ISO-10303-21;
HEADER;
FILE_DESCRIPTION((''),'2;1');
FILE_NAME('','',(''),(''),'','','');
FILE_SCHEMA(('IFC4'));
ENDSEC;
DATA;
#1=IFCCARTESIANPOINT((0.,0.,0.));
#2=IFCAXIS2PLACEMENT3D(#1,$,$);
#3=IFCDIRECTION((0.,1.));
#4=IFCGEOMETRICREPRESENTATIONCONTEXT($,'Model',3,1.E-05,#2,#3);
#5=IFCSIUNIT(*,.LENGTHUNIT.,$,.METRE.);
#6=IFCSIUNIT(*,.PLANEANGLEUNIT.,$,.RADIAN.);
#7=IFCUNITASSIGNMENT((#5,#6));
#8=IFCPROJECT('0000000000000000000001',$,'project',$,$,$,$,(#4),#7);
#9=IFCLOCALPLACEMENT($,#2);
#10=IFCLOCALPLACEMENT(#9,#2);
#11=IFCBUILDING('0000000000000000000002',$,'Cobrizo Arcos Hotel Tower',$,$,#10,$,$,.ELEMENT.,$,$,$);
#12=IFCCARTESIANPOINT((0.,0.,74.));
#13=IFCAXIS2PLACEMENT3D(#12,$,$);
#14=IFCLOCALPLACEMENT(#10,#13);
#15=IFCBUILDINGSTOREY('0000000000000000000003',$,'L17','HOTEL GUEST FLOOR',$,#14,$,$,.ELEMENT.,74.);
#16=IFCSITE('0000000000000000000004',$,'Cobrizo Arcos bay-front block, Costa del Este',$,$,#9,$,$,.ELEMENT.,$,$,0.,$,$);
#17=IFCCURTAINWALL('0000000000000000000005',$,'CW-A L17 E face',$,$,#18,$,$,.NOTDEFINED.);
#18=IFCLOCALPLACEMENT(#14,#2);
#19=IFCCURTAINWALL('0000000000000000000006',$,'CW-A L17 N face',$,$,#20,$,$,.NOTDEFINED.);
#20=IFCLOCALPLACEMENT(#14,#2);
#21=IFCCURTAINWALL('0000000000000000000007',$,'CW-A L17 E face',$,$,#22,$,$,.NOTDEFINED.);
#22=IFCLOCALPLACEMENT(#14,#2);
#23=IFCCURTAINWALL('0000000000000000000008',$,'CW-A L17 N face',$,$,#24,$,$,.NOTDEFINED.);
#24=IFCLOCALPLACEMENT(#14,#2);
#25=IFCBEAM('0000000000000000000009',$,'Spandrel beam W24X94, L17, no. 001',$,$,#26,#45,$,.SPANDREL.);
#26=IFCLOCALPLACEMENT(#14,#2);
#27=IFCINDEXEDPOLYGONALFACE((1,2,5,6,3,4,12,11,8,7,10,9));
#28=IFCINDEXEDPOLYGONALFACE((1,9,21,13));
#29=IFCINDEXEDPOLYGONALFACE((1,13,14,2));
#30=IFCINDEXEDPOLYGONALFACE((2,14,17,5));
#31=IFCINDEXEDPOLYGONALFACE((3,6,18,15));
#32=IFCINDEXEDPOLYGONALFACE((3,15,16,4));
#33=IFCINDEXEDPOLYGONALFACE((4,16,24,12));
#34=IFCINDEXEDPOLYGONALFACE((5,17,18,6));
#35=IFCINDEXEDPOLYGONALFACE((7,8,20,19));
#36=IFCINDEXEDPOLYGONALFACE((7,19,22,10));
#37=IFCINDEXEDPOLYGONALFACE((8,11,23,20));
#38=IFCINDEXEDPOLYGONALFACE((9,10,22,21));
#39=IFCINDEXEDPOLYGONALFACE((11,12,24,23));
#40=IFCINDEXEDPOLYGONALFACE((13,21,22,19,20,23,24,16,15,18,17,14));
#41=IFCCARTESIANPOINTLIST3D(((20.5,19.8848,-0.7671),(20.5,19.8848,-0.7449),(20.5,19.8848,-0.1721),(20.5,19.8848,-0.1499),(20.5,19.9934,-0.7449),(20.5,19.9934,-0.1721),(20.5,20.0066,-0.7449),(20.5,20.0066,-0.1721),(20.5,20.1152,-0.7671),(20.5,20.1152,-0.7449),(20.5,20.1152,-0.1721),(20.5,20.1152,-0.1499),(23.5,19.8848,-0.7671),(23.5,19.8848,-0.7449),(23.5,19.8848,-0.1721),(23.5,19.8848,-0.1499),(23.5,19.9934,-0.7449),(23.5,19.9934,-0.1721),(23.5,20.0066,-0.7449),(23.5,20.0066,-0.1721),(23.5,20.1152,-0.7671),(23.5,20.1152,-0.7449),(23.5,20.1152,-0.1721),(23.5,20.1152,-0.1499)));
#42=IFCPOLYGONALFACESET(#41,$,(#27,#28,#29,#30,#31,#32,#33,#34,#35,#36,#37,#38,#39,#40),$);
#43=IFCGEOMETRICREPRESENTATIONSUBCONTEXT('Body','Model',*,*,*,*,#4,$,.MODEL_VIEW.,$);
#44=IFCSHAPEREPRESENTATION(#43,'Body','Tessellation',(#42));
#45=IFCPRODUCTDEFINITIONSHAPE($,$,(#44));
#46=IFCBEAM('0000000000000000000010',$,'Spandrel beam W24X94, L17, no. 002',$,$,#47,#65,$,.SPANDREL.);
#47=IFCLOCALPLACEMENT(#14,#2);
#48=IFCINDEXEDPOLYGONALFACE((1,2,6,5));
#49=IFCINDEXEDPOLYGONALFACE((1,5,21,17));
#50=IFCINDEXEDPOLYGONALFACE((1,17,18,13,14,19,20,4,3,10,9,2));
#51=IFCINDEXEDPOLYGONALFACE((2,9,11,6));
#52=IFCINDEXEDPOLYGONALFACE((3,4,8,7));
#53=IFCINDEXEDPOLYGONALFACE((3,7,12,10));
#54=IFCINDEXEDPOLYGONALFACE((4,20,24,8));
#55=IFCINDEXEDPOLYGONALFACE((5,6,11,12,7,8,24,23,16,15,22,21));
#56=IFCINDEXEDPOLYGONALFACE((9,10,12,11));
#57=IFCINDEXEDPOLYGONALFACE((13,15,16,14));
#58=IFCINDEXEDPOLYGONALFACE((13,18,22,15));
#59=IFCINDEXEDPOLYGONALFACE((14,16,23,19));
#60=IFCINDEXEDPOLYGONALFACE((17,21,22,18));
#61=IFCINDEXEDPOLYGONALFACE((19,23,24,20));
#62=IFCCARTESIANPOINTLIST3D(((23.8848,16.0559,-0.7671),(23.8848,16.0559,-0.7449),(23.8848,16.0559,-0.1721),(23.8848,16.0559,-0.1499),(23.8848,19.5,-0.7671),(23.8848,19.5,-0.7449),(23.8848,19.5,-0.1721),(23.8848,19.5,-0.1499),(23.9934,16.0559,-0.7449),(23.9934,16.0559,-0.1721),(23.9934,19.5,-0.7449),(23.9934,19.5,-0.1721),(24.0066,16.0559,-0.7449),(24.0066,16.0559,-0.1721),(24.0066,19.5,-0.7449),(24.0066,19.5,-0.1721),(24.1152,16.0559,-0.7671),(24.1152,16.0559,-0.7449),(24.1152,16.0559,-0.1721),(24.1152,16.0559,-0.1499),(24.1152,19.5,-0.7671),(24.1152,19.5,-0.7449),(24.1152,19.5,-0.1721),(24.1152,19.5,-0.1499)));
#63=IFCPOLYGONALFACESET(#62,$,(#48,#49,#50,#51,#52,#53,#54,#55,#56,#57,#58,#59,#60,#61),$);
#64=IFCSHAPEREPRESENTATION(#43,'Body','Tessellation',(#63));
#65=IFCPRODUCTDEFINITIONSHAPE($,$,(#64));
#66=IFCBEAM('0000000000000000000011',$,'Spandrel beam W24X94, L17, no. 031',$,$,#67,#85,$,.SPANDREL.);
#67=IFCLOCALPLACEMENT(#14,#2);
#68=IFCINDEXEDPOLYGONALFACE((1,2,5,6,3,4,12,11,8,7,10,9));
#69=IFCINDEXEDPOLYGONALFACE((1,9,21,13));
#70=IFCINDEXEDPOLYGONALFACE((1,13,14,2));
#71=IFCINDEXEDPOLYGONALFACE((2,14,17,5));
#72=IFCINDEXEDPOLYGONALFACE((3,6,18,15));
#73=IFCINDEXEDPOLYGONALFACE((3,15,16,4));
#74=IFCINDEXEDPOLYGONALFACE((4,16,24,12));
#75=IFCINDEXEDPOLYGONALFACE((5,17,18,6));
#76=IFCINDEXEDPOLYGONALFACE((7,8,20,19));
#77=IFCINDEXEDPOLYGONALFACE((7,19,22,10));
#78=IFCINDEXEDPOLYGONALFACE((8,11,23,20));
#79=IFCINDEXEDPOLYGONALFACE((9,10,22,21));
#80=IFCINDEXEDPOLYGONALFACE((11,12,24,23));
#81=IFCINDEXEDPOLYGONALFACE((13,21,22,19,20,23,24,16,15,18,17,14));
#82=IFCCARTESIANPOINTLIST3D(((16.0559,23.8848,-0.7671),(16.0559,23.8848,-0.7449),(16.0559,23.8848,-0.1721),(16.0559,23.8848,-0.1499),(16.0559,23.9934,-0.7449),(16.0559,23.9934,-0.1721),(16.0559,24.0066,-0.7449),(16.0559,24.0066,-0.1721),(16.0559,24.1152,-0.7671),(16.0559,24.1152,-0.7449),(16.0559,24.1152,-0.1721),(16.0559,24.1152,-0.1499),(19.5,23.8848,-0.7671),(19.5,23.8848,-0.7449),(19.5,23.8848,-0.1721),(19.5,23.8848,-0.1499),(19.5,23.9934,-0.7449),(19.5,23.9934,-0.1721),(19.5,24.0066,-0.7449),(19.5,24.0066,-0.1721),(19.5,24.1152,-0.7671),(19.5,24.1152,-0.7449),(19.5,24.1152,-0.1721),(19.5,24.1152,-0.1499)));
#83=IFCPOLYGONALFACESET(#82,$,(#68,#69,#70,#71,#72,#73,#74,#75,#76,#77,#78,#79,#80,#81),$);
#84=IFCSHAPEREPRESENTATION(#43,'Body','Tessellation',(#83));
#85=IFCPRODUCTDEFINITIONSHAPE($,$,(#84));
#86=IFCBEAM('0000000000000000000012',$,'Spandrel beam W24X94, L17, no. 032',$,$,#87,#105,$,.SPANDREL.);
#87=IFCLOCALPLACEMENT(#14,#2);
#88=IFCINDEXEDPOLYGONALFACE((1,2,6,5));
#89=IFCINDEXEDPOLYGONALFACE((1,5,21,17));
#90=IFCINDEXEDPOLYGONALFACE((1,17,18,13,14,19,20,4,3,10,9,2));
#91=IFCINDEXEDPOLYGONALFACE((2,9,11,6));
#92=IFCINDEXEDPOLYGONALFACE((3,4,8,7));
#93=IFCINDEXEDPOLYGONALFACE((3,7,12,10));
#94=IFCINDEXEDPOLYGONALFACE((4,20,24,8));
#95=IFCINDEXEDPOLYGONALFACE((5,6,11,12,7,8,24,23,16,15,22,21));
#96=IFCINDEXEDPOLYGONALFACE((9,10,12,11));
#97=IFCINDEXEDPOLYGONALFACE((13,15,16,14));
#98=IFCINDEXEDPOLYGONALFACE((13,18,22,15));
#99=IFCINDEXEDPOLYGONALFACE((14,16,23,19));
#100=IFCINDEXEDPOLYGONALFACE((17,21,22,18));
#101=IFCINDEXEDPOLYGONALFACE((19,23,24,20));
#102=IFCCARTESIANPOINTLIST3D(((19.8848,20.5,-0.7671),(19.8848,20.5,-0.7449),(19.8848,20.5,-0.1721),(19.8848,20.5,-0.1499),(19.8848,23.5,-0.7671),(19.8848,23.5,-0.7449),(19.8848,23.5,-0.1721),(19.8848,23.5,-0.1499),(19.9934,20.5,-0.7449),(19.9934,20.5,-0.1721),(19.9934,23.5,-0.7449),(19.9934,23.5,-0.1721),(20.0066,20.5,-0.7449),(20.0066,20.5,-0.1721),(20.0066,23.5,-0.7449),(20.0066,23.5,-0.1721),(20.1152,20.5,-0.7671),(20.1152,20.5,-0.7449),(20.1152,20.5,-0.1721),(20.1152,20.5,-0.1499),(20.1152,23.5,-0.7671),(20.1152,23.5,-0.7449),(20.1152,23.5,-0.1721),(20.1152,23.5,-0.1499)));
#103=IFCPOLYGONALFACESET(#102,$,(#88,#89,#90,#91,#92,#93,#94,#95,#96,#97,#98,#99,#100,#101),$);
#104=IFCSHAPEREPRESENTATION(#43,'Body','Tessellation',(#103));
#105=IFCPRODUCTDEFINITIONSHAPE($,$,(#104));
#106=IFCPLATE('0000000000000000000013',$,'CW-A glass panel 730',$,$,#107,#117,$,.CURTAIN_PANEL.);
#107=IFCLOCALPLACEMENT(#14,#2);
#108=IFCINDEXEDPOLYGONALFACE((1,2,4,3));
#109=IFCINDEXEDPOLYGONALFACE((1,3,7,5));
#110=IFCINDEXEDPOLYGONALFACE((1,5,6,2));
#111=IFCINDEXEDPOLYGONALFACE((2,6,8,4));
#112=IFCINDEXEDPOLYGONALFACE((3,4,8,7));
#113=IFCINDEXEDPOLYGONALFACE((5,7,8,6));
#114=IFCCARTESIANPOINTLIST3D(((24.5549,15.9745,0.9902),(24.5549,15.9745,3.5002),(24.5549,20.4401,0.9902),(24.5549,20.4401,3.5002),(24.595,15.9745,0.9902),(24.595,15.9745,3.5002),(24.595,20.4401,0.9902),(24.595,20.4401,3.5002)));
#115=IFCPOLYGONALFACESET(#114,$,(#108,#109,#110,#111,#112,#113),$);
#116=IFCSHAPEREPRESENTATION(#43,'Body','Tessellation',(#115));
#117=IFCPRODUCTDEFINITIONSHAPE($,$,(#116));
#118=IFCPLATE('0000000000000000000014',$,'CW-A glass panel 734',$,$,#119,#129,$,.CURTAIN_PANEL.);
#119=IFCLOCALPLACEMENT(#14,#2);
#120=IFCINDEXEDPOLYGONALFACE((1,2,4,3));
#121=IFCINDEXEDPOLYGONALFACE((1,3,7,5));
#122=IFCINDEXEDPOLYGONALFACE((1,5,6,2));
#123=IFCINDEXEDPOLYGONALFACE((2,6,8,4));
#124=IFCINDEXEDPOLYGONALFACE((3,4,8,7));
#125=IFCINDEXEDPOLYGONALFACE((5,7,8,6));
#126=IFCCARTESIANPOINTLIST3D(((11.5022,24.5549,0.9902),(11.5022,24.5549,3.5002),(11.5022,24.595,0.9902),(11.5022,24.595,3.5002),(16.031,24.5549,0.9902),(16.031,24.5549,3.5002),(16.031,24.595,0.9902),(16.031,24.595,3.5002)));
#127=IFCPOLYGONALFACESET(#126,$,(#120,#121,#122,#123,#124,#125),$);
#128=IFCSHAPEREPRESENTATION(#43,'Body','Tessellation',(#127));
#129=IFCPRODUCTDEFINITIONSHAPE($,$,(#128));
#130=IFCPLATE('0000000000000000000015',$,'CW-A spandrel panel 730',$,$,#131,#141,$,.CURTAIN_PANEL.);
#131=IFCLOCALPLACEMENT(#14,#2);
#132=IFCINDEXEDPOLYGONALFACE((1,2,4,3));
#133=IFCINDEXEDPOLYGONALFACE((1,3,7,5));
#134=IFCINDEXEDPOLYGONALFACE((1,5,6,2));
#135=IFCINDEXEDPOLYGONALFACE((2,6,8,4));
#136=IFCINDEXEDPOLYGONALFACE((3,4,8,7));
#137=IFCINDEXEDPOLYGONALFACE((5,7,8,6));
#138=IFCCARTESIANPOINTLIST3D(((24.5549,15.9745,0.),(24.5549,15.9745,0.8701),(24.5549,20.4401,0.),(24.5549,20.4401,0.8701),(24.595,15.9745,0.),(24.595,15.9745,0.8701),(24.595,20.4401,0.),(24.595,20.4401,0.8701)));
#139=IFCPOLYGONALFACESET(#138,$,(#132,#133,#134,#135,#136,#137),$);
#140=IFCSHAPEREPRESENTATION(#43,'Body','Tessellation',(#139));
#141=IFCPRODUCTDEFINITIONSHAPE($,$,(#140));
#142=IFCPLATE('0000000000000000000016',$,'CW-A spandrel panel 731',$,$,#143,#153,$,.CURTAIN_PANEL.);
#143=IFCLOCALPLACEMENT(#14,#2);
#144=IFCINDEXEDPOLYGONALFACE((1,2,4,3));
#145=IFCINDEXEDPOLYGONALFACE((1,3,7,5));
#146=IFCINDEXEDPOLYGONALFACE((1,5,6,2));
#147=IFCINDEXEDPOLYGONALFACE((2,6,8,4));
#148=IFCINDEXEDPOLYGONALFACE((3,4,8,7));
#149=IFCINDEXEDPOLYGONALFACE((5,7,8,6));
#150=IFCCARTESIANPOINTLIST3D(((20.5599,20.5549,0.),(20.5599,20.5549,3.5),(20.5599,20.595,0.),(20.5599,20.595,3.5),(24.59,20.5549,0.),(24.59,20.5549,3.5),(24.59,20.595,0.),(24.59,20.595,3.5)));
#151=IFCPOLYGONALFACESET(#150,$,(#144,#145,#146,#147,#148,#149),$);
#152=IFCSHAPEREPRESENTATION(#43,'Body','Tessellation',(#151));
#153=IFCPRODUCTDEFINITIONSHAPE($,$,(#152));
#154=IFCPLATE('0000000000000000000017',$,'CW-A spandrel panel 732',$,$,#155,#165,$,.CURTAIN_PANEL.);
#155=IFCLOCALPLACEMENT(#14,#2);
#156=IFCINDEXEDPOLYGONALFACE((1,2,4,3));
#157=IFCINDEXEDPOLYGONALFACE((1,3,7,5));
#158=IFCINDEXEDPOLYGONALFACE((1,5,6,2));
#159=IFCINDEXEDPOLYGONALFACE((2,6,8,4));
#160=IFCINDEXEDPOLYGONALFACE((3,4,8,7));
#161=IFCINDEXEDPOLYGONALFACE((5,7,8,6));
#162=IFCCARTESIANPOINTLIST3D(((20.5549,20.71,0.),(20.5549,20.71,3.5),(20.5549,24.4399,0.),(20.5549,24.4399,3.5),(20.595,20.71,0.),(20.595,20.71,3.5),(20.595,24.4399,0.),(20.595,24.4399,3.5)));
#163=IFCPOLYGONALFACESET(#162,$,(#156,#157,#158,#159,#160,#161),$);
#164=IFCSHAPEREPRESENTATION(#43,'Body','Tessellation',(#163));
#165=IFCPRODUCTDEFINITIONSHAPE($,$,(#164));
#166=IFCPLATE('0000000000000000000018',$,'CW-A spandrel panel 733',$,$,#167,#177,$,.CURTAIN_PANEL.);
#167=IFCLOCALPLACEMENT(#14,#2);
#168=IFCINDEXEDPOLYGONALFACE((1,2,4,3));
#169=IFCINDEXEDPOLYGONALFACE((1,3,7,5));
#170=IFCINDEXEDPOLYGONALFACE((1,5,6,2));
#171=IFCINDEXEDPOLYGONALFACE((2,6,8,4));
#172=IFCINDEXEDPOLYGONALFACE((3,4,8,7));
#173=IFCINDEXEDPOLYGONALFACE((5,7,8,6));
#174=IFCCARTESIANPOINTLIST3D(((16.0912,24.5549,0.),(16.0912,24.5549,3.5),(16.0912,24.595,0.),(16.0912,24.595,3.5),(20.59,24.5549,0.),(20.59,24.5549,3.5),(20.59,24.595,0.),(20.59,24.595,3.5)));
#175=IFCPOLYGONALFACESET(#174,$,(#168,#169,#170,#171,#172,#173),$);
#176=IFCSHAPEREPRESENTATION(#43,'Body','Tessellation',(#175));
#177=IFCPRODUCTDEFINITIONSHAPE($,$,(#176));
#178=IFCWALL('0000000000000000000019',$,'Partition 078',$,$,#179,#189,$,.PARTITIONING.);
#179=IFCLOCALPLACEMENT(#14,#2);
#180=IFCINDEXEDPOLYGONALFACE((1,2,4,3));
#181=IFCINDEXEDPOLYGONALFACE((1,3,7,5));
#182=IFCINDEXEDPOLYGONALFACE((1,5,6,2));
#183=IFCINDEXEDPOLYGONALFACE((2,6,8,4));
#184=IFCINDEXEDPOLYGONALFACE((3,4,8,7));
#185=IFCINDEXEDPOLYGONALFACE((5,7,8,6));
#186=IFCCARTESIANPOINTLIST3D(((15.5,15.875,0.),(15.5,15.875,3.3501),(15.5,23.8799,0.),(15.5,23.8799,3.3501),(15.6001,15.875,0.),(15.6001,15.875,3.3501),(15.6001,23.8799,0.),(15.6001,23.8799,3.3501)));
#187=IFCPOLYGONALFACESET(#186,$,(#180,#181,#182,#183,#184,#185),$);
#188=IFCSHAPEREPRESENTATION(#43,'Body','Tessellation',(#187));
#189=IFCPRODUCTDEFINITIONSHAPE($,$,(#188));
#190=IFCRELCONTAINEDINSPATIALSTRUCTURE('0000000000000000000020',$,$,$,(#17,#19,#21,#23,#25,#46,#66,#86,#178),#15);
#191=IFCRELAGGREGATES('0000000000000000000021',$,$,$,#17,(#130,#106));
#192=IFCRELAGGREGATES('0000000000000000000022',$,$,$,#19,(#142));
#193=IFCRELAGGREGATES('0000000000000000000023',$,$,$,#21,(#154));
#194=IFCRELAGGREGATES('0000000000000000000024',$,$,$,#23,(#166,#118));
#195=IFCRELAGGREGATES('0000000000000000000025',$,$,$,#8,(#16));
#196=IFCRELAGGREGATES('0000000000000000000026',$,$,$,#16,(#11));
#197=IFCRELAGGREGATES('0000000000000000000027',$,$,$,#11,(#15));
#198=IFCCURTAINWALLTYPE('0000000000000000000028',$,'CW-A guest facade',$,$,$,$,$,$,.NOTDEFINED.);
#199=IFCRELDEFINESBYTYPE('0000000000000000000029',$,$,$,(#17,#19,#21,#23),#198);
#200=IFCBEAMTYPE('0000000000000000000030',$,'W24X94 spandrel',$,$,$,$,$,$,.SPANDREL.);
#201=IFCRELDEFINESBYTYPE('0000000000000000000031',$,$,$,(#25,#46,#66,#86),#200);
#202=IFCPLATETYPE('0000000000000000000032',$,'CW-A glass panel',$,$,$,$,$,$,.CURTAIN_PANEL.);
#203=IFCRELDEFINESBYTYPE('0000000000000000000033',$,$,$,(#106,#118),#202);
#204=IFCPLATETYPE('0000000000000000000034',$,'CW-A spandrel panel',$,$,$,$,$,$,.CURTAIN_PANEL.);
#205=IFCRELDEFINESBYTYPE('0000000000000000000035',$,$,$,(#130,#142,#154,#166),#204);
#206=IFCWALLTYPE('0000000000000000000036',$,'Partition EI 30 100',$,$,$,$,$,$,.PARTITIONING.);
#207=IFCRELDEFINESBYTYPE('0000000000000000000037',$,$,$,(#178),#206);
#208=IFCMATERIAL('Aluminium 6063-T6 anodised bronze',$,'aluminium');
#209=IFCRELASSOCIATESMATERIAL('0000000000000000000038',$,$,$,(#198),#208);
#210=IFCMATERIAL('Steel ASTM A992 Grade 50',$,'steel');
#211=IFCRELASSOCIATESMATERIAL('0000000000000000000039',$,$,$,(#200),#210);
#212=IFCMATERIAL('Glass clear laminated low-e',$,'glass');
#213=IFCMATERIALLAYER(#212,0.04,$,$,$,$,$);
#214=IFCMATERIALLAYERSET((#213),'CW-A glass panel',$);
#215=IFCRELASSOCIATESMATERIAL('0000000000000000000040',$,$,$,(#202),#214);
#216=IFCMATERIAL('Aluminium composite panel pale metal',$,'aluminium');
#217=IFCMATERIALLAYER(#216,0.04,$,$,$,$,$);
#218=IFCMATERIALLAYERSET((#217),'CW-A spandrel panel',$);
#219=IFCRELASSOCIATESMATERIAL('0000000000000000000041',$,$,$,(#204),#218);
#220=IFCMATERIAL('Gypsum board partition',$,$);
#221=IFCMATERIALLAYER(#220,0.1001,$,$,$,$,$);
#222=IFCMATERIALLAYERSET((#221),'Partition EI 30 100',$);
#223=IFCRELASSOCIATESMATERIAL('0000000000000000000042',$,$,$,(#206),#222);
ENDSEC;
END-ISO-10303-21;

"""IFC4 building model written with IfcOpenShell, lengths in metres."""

from ifc_helpers import new_model, si_unit, direction, frame, frame_2d, origin, origin_2d, place, context, subcontext, project, spatial, rectangle, i_section, extrude, material, layer, layer_set, material_profile, profile_set, type_object, element, aggregate, save


model = new_model("IFC4")

# Units and contexts
model_context = context("Model", 3, precision=1e-05, world=origin(), true_north=direction((0.0, 1.0)))
body_context = subcontext(model_context, "Body", "Model", "MODEL_VIEW")
ifc_project = project(units=[si_unit("LENGTHUNIT", "METRE"), si_unit("PLANEANGLEUNIT", "RADIAN")], contexts=[model_context])

# Site, building, storey
site_placement = place(None, origin())
site = spatial("IfcSite", under=ifc_project, at=site_placement, Name="Cobrizo Arcos bay-front block, Costa del Este", CompositionType="ELEMENT", RefElevation=0.0)
building_placement = place(site_placement, origin())
building = spatial("IfcBuilding", under=site, at=building_placement, Name="Cobrizo Arcos Hotel Tower", CompositionType="ELEMENT")
storey_placement = place(building_placement, frame((0.0, 0.0, 74.0)))
storey = spatial("IfcBuildingStorey", under=building, at=storey_placement, Name="L17", Description="HOTEL GUEST FLOOR", CompositionType="ELEMENT", Elevation=74.0)

# Curtain walls
ifc_material_1 = material(Name="Aluminium 6063-T6 anodised bronze", Category="aluminium")
curtain_wall_type = type_object("IfcCurtainWallType", Name="CW-A guest facade", PredefinedType="NOTDEFINED", material=ifc_material_1)
curtain_wall_1_placement = place(storey_placement, origin())
curtain_wall_1 = element("IfcCurtainWall", 1, at=curtain_wall_1_placement, inside=storey, type_object=curtain_wall_type, Name="CW-A L17 E face", PredefinedType="NOTDEFINED")
curtain_wall_2_placement = place(storey_placement, origin())
curtain_wall_2 = element("IfcCurtainWall", 2, at=curtain_wall_2_placement, inside=storey, type_object=curtain_wall_type, Name="CW-A L17 N face", PredefinedType="NOTDEFINED")
curtain_wall_3_placement = place(storey_placement, origin())
curtain_wall_3 = element("IfcCurtainWall", 3, at=curtain_wall_3_placement, inside=storey, type_object=curtain_wall_type, Name="CW-A L17 E face", PredefinedType="NOTDEFINED")
curtain_wall_4_placement = place(storey_placement, origin())
curtain_wall_4 = element("IfcCurtainWall", 4, at=curtain_wall_4_placement, inside=storey, type_object=curtain_wall_type, Name="CW-A L17 N face", PredefinedType="NOTDEFINED")

# Beams
ifc_material_2 = material(Name="Steel ASTM A992 Grade 50", Category="steel")
ifc_material_profile_1 = material_profile(ifc_material_2, i_section(OverallWidth=0.2305, OverallDepth=0.6172, WebThickness=0.0132, FlangeThickness=0.0222, at=origin_2d()), Name="W24X94")
ifc_profile_set_1 = profile_set([ifc_material_profile_1], Name="Steel ASTM A992 Grade 50")
beam_type = type_object("IfcBeamType", Name="W24X94 spandrel", PredefinedType="SPANDREL", material=ifc_profile_set_1)
beam_1_placement = place(storey_placement, frame((20.5, 20.0, -0.4585), z_axis=(1.0, 0.0, 0.0), x_axis=(0.0, 1.0, 0.0)))
element("IfcBeam", 5, at=beam_1_placement, inside=storey, type_object=beam_type, Name="Spandrel beam W24X94, L17, no. 001", PredefinedType="SPANDREL", context=body_context, shape_type="SweptSolid", body=[
    extrude(i_section(OverallWidth=0.2305, OverallDepth=0.6172, WebThickness=0.0132, FlangeThickness=0.0222, at=origin_2d()), origin(), (0.0, 0.0, 1.0), 3.0),
])
for number, where, z_axis, x_axis, name in (
    (6, (24.0, 19.5, -0.4585), (0.0, -1.0, 0.0), (1.0, 0.0, 0.0), "Spandrel beam W24X94, L17, no. 002"),
    (7, (16.0559, 24.0, -0.4585), (1.0, 0.0, 0.0), (0.0, 1.0, 0.0), "Spandrel beam W24X94, L17, no. 031"),
):
    element("IfcBeam", number, at=place(storey_placement, frame(where, z_axis=z_axis, x_axis=x_axis)), inside=storey, type_object=beam_type, Name=name, PredefinedType="SPANDREL", context=body_context, shape_type="SweptSolid", body=[
        extrude(i_section(OverallWidth=0.2305, OverallDepth=0.6172, WebThickness=0.0132, FlangeThickness=0.0222, at=origin_2d()), origin(), (0.0, 0.0, 1.0), 3.4441),
    ])
beam_2_placement = place(storey_placement, frame((20.0, 23.5, -0.4585), z_axis=(0.0, -1.0, 0.0), x_axis=(1.0, 0.0, 0.0)))
element("IfcBeam", 8, at=beam_2_placement, inside=storey, type_object=beam_type, Name="Spandrel beam W24X94, L17, no. 032", PredefinedType="SPANDREL", context=body_context, shape_type="SweptSolid", body=[
    extrude(i_section(OverallWidth=0.2305, OverallDepth=0.6172, WebThickness=0.0132, FlangeThickness=0.0222, at=origin_2d()), origin(), (0.0, 0.0, 1.0), 3.0),
])

# Plates
ifc_material_3 = material(Name="Glass clear laminated low-e", Category="glass")
ifc_layer_1 = layer(ifc_material_3, 0.04)
ifc_layer_set_1 = layer_set([ifc_layer_1], Name="CW-A glass panel")
plate_type_1 = type_object("IfcPlateType", Name="CW-A glass panel", PredefinedType="CURTAIN_PANEL", material=ifc_layer_set_1)
plate_1_placement = place(storey_placement, frame((24.575, 18.2073, 0.9902), z_axis=(0.0, 0.0, 1.0), x_axis=(0.0, 1.0, 0.0)))
plate_1 = element("IfcPlate", 9, at=plate_1_placement, type_object=plate_type_1, Name="CW-A glass panel 730", PredefinedType="CURTAIN_PANEL", context=body_context, shape_type="SweptSolid", body=[
    extrude(rectangle(XDim=4.4656, YDim=0.04, at=origin_2d()), origin(), (0.0, 0.0, 1.0), 2.51),
])
plate_2_placement = place(storey_placement, frame((13.7666, 24.575, 0.9902), z_axis=(0.0, 0.0, 1.0), x_axis=(-1.0, 0.0, 0.0)))
plate_2 = element("IfcPlate", 10, at=plate_2_placement, type_object=plate_type_1, Name="CW-A glass panel 734", PredefinedType="CURTAIN_PANEL", context=body_context, shape_type="SweptSolid", body=[
    extrude(rectangle(XDim=4.5288, YDim=0.04, at=origin_2d()), origin(), (0.0, 0.0, 1.0), 2.51),
])
ifc_material_4 = material(Name="Aluminium composite panel pale metal", Category="aluminium")
ifc_layer_2 = layer(ifc_material_4, 0.04)
ifc_layer_set_2 = layer_set([ifc_layer_2], Name="CW-A spandrel panel")
plate_type_2 = type_object("IfcPlateType", Name="CW-A spandrel panel", PredefinedType="CURTAIN_PANEL", material=ifc_layer_set_2)
plate_3_placement = place(storey_placement, frame((24.575, 18.2073, 0.0), z_axis=(0.0, 0.0, 1.0), x_axis=(0.0, 1.0, 0.0)))
plate_3 = element("IfcPlate", 11, at=plate_3_placement, type_object=plate_type_2, Name="CW-A spandrel panel 730", PredefinedType="CURTAIN_PANEL", context=body_context, shape_type="SweptSolid", body=[
    extrude(rectangle(XDim=4.4656, YDim=0.04, at=origin_2d()), origin(), (0.0, 0.0, 1.0), 0.8701),
])
aggregate(curtain_wall_1, [plate_3, plate_1])
plate_4_placement = place(storey_placement, frame((22.575, 20.575, 0.0), z_axis=(0.0, 0.0, 1.0), x_axis=(-1.0, 0.0, 0.0)))
plate_4 = element("IfcPlate", 12, at=plate_4_placement, type_object=plate_type_2, Name="CW-A spandrel panel 731", PredefinedType="CURTAIN_PANEL", context=body_context, shape_type="SweptSolid", body=[
    extrude(rectangle(XDim=4.03, YDim=0.04, at=origin_2d()), origin(), (0.0, 0.0, 1.0), 3.5),
])
aggregate(curtain_wall_2, [plate_4])
plate_5_placement = place(storey_placement, frame((20.575, 22.575, 0.0), z_axis=(0.0, 0.0, 1.0), x_axis=(0.0, 1.0, 0.0)))
plate_5 = element("IfcPlate", 13, at=plate_5_placement, type_object=plate_type_2, Name="CW-A spandrel panel 732", PredefinedType="CURTAIN_PANEL", context=body_context, shape_type="SweptSolid", body=[
    extrude(rectangle(XDim=3.73, YDim=0.04, at=origin_2d()), origin(), (0.0, 0.0, 1.0), 3.5),
])
aggregate(curtain_wall_3, [plate_5])
plate_6_placement = place(storey_placement, frame((18.3406, 24.575, 0.0), z_axis=(0.0, 0.0, 1.0), x_axis=(-1.0, 0.0, 0.0)))
plate_6 = element("IfcPlate", 14, at=plate_6_placement, type_object=plate_type_2, Name="CW-A spandrel panel 733", PredefinedType="CURTAIN_PANEL", context=body_context, shape_type="SweptSolid", body=[
    extrude(rectangle(XDim=4.4988, YDim=0.04, at=origin_2d()), origin(), (0.0, 0.0, 1.0), 3.5),
])
aggregate(curtain_wall_4, [plate_6, plate_2])

# Wall
ifc_material_5 = material(Name="Gypsum board partition")
ifc_layer_3 = layer(ifc_material_5, 0.1001)
ifc_layer_set_3 = layer_set([ifc_layer_3], Name="Partition EI 30 100")
wall_type = type_object("IfcWallType", Name="Partition EI 30 100", PredefinedType="PARTITIONING", material=ifc_layer_set_3)
wall_placement = place(storey_placement, frame((15.55, 15.875, 0.0), z_axis=(0.0, 0.0, 1.0), x_axis=(0.0, 1.0, 0.0)))
element("IfcWall", 15, at=wall_placement, inside=storey, type_object=wall_type, Name="Partition 078", PredefinedType="PARTITIONING", context=body_context, shape_type="SweptSolid", body=[
    extrude(rectangle(XDim=8.0049, YDim=0.1001, at=frame_2d((4.0024, 0.0))), origin(), (0.0, 0.0, 1.0), 3.3501),
])

save(model, "model.ifc")
